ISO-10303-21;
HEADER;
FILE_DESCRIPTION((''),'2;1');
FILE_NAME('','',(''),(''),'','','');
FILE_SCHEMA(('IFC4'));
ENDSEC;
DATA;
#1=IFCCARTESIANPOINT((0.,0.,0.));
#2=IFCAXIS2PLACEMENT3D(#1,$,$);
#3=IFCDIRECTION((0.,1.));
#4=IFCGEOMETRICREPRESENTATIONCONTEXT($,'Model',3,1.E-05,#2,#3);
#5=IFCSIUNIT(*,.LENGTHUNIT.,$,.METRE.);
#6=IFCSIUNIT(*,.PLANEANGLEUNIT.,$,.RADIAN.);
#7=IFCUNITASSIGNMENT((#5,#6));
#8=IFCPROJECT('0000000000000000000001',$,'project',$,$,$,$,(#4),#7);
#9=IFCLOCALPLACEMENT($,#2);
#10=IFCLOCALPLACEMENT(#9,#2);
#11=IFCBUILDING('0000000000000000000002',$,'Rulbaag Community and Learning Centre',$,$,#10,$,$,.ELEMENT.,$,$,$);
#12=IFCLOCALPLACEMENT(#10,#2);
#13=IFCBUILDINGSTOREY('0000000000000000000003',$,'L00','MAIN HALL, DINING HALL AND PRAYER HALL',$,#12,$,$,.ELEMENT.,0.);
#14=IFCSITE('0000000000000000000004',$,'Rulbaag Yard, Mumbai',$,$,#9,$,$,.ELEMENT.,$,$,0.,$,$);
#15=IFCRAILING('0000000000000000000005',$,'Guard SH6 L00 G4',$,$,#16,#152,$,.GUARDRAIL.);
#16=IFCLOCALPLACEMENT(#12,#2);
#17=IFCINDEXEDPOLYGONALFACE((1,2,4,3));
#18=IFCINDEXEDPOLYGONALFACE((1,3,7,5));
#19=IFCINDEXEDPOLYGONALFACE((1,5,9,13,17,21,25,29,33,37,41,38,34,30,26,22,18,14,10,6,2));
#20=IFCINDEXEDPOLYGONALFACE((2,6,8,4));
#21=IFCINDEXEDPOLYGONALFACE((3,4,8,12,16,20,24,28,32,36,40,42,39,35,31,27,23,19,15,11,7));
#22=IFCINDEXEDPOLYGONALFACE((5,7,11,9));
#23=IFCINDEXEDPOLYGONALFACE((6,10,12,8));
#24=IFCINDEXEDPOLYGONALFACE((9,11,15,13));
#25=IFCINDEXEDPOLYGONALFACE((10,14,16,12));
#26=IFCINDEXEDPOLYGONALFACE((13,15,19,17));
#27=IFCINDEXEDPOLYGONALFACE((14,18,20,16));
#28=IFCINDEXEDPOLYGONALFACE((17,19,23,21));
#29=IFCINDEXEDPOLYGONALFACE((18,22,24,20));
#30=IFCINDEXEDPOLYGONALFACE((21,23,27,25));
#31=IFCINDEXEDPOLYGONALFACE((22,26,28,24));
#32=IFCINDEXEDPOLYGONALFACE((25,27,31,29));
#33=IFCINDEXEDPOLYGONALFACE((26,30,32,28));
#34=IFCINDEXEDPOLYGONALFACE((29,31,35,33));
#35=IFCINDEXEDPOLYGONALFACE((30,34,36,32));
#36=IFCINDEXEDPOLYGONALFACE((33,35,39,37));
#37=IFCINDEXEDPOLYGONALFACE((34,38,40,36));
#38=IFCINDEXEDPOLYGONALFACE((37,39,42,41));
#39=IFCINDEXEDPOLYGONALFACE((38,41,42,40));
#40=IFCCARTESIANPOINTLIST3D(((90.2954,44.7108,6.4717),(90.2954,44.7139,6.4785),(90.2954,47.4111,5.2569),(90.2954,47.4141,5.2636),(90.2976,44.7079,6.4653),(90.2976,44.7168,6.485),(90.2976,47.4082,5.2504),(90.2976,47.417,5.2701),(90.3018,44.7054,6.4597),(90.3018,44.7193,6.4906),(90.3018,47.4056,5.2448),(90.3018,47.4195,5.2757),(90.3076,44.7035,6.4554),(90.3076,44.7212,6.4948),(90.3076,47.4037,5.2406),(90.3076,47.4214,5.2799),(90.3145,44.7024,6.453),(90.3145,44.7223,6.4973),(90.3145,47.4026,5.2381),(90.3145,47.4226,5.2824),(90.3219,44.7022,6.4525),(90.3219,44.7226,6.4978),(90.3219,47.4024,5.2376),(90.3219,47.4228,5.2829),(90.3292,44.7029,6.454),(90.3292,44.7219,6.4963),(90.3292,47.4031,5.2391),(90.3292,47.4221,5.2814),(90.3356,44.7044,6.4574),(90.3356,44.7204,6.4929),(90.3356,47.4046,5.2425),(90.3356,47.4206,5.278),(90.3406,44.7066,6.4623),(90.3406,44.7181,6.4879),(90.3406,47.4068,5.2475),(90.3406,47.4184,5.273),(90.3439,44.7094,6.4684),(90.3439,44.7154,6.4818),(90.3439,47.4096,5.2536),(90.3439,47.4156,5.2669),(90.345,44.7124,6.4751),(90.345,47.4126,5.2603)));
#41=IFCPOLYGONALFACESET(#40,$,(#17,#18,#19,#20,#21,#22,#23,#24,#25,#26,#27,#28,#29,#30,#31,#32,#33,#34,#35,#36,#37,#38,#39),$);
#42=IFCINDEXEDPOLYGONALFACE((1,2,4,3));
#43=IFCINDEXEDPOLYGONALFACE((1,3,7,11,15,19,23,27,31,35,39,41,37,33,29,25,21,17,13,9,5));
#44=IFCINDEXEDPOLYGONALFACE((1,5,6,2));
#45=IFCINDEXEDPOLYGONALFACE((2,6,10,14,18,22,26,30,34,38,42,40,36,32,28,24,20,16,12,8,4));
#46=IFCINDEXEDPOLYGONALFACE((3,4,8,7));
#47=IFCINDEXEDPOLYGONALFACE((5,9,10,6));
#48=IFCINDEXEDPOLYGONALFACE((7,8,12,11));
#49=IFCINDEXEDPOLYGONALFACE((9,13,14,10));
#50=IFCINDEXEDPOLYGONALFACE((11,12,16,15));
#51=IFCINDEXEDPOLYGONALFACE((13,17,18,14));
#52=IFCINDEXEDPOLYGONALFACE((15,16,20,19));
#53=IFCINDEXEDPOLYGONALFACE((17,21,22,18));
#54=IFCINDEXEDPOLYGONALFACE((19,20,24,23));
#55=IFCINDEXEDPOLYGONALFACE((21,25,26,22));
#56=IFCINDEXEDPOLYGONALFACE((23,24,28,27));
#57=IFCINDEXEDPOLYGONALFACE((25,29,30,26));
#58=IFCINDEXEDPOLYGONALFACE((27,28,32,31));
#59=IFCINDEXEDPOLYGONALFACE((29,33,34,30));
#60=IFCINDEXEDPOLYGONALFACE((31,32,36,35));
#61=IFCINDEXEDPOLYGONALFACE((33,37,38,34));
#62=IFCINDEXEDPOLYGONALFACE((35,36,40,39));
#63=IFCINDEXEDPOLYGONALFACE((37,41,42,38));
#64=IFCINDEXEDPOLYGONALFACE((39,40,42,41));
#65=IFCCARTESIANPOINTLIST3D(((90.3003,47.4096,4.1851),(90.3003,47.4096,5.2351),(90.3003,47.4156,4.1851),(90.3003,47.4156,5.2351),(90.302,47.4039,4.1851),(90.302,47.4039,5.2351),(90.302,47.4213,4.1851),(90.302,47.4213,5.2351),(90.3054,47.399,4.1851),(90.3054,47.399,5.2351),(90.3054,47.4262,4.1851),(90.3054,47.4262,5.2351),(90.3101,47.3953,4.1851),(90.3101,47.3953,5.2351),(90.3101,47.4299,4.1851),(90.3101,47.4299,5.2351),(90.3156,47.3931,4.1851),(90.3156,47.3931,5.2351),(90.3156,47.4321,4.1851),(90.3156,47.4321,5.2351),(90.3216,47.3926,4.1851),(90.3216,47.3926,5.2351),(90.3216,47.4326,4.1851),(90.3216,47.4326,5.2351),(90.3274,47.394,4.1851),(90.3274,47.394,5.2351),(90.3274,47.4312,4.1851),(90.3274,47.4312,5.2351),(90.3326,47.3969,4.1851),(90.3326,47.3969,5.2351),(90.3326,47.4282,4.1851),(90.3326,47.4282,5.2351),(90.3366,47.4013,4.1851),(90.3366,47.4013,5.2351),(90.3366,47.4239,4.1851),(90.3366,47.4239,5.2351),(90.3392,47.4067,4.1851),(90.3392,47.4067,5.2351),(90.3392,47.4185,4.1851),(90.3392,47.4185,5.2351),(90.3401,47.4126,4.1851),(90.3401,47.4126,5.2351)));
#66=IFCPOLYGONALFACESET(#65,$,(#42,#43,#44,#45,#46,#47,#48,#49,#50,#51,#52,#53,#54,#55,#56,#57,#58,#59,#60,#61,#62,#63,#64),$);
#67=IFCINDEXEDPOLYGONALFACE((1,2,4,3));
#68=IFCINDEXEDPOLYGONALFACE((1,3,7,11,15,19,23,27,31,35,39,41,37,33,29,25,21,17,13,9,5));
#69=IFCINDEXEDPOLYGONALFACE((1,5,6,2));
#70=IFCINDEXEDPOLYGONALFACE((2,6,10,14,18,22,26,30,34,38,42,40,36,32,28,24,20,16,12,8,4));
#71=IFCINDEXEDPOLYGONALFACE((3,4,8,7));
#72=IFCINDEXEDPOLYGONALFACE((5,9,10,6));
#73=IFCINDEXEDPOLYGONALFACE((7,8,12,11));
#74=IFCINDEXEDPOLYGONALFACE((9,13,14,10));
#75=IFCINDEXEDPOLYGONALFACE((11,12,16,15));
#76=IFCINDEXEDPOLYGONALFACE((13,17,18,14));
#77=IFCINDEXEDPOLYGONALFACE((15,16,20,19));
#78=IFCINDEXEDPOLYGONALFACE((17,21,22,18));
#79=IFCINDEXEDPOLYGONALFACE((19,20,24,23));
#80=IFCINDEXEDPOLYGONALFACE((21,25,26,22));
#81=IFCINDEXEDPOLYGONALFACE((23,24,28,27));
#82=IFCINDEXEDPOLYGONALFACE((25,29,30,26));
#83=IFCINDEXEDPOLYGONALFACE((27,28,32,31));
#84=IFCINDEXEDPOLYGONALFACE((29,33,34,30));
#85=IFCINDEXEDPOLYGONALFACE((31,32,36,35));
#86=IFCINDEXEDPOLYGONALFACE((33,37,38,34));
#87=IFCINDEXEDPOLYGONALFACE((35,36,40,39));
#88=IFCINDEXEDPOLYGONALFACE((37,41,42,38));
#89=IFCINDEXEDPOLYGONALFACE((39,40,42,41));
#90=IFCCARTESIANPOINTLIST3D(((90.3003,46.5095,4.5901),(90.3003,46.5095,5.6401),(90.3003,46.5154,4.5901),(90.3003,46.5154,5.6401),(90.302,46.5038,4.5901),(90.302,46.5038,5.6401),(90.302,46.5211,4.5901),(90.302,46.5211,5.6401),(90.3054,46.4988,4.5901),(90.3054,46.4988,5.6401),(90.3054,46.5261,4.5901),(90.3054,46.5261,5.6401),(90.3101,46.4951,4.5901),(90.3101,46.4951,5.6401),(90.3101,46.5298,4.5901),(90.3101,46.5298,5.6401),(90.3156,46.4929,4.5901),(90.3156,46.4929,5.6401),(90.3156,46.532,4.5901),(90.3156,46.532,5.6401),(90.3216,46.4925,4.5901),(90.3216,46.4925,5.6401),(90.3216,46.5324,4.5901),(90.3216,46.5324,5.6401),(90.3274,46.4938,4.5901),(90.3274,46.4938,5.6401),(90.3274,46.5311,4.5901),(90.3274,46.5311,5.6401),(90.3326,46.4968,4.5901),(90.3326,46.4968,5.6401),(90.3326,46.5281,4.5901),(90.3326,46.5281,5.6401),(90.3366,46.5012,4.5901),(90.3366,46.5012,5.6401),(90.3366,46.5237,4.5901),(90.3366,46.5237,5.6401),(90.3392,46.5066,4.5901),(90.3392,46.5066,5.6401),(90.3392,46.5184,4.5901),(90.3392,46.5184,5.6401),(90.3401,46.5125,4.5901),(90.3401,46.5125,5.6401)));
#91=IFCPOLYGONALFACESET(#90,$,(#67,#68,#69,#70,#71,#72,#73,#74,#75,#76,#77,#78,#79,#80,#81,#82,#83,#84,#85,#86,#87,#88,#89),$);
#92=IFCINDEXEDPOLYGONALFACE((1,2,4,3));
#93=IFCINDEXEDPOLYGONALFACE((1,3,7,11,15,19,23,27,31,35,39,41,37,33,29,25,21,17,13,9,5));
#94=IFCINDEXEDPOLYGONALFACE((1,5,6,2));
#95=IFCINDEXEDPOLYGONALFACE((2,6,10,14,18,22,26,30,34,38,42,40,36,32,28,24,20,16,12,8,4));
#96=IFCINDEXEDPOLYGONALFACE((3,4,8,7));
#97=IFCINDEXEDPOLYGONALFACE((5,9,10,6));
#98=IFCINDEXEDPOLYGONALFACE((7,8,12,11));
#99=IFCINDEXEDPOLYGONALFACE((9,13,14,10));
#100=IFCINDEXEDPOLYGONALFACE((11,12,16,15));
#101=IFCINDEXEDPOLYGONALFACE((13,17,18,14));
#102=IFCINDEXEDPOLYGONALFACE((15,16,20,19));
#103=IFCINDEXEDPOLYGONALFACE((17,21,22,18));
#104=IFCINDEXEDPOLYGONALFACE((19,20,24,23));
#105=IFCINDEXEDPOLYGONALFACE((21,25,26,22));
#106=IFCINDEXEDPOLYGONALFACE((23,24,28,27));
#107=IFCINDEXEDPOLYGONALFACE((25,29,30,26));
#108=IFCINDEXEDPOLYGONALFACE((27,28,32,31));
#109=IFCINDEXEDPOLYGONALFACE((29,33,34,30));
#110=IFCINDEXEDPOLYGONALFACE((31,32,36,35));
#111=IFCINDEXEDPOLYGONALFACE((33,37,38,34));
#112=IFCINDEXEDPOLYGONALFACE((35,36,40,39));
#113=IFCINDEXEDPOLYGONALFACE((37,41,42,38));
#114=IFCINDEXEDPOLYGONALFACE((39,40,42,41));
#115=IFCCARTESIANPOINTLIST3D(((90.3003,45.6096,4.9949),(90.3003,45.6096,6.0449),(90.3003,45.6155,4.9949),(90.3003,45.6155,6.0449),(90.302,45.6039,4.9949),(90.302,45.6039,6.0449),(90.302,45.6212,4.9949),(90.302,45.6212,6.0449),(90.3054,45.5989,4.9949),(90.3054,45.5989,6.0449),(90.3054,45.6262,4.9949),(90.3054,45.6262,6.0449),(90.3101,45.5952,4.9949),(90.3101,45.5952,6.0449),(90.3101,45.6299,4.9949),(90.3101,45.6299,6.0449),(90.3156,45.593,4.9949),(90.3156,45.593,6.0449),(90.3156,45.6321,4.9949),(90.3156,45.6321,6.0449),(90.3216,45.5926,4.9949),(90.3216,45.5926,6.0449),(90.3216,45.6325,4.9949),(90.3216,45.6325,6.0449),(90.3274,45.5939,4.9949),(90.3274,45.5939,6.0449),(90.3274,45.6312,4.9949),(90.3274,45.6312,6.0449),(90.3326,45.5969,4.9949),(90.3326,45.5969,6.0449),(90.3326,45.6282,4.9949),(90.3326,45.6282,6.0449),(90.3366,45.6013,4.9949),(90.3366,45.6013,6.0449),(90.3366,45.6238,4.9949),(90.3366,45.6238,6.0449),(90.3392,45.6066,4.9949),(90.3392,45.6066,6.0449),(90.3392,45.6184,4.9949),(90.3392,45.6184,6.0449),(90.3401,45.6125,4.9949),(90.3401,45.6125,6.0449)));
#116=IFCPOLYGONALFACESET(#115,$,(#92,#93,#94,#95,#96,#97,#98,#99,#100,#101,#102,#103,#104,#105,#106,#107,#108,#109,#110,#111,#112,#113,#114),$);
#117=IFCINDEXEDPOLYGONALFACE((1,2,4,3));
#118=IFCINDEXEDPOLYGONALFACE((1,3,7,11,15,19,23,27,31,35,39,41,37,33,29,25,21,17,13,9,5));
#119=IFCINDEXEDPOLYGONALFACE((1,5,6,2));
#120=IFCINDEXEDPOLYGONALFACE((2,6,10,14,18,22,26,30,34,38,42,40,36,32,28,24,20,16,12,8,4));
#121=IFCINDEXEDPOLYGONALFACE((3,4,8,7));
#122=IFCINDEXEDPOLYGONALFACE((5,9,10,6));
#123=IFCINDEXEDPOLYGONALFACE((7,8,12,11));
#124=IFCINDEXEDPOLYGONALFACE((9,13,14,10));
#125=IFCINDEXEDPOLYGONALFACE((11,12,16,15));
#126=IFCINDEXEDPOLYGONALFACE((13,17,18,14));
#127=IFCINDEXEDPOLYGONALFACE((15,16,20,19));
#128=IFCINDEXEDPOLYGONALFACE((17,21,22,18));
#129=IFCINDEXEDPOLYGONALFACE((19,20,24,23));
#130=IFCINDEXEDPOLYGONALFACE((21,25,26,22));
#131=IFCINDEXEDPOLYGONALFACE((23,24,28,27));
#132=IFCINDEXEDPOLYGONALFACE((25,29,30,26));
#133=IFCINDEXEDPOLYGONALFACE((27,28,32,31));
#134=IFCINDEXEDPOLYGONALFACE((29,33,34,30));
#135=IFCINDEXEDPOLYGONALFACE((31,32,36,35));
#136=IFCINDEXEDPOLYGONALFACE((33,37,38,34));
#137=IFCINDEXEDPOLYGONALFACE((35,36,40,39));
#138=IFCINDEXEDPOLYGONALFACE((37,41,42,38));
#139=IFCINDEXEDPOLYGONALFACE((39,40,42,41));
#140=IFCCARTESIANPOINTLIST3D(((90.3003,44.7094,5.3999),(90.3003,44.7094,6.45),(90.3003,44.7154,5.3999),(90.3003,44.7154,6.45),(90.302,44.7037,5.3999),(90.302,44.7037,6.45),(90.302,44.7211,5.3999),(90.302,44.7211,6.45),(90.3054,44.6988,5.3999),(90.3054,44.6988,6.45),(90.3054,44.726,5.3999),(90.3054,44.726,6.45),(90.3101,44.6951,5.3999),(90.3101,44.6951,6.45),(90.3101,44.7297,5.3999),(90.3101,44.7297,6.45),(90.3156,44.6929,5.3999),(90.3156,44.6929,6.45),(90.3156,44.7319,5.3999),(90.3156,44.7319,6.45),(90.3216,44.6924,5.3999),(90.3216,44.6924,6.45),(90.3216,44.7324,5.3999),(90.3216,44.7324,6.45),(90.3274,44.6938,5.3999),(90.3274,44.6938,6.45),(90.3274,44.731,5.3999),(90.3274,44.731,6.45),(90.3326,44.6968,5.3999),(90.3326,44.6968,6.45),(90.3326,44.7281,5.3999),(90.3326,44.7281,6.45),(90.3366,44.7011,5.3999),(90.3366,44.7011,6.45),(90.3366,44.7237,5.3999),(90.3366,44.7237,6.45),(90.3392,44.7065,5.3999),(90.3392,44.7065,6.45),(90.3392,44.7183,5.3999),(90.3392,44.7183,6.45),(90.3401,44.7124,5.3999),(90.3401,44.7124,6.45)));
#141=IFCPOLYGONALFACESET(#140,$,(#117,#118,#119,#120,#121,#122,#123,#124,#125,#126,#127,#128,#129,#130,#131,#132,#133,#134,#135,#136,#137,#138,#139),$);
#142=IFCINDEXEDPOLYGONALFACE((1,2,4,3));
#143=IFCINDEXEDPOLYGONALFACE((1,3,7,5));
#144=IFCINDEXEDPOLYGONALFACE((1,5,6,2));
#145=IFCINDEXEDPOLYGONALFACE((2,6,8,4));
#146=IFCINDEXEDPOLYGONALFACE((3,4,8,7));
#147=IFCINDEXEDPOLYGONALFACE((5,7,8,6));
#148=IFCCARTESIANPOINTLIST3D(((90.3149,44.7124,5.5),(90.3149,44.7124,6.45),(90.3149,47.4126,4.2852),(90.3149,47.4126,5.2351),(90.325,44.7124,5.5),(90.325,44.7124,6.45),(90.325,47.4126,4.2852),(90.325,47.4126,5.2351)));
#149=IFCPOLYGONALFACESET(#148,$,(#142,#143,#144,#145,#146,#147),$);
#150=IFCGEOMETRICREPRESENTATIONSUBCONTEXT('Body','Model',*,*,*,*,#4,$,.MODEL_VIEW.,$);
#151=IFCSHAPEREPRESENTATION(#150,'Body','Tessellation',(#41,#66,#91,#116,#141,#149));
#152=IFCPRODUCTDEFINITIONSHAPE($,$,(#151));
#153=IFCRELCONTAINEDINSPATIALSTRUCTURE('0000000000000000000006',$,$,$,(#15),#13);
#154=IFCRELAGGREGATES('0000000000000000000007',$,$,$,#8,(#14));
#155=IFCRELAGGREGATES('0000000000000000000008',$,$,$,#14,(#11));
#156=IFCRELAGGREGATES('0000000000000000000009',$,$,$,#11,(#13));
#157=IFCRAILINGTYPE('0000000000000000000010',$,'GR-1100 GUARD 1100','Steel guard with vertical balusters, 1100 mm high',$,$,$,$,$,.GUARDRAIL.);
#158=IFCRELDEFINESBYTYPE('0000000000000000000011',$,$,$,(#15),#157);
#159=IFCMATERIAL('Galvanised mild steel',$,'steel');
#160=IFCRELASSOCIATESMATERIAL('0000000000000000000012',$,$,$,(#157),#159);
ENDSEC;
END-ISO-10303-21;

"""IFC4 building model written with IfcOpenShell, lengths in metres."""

from ifc_helpers import new_model, si_unit, direction, frame, origin, origin_2d, place, context, subcontext, project, spatial, polyline, circle, outline, extrude, material, type_object, element, save


model = new_model("IFC4")

# Units and contexts
model_context = context("Model", 3, precision=1e-05, world=origin(), true_north=direction((0.0, 1.0)))
body_context = subcontext(model_context, "Body", "Model", "MODEL_VIEW")
ifc_project = project(units=[si_unit("LENGTHUNIT", "METRE"), si_unit("PLANEANGLEUNIT", "RADIAN")], contexts=[model_context])

# Site, building, storey
site_placement = place(None, origin())
site = spatial("IfcSite", under=ifc_project, at=site_placement, Name="Rulbaag Yard, Mumbai", CompositionType="ELEMENT", RefElevation=0.0)
building_placement = place(site_placement, origin())
building = spatial("IfcBuilding", under=site, at=building_placement, Name="Rulbaag Community and Learning Centre", CompositionType="ELEMENT")
storey_placement = place(building_placement, origin())
storey = spatial("IfcBuildingStorey", under=building, at=storey_placement, Name="L00", Description="MAIN HALL, DINING HALL AND PRAYER HALL", CompositionType="ELEMENT", Elevation=0.0)

# Railing
ifc_material_1 = material(Name="Galvanised mild steel", Category="steel")
railing_type_1 = type_object("IfcRailingType", Name="GR-1100 GUARD 1100", Description="Steel guard with vertical balusters, 1100 mm high", PredefinedType="GUARDRAIL", material=ifc_material_1)
railing_1_placement = place(storey_placement, frame((90.3201, 47.4126, 4.1851)))
element("IfcRailing", 1, at=railing_1_placement, inside=storey, type_object=railing_type_1, Name="Guard SH6 L00 G4", PredefinedType="GUARDRAIL", context=body_context, shape_type="SweptSolid", body=[
    extrude(circle(Radius=0.0249, at=origin_2d()), frame((0.0, 0.0, 1.0752), z_axis=(0.0, -0.911952, 0.410296), x_axis=(1.0, 0.0, 0.0)), (0.0, 0.0, 1.0), 2.9609),
    extrude(circle(Radius=0.02, at=origin_2d()), origin(), (0.0, 0.0, 1.0), 1.05),
    extrude(circle(Radius=0.02, at=origin_2d()), frame((0.0, -0.9001, 0.405)), (0.0, 0.0, 1.0), 1.05),
    extrude(circle(Radius=0.02, at=origin_2d()), frame((0.0, -1.8, 0.8098)), (0.0, 0.0, 1.0), 1.05),
    extrude(circle(Radius=0.02, at=origin_2d()), frame((0.0, -2.7002, 1.2148)), (0.0, 0.0, 1.0), 1.05),
    extrude(outline(polyline([(0.0, 0.0), (2.7002, 1.2148), (2.7002, 2.1648), (0.0, 0.95), (0.0, 0.0)])), frame((0.0049, 0.0, 0.1001), z_axis=(-1.0, 0.0, 0.0), x_axis=(0.0, -1.0, 0.0)), (0.0, 0.0, 1.0), 0.01),
])

save(model, "model.ifc")
